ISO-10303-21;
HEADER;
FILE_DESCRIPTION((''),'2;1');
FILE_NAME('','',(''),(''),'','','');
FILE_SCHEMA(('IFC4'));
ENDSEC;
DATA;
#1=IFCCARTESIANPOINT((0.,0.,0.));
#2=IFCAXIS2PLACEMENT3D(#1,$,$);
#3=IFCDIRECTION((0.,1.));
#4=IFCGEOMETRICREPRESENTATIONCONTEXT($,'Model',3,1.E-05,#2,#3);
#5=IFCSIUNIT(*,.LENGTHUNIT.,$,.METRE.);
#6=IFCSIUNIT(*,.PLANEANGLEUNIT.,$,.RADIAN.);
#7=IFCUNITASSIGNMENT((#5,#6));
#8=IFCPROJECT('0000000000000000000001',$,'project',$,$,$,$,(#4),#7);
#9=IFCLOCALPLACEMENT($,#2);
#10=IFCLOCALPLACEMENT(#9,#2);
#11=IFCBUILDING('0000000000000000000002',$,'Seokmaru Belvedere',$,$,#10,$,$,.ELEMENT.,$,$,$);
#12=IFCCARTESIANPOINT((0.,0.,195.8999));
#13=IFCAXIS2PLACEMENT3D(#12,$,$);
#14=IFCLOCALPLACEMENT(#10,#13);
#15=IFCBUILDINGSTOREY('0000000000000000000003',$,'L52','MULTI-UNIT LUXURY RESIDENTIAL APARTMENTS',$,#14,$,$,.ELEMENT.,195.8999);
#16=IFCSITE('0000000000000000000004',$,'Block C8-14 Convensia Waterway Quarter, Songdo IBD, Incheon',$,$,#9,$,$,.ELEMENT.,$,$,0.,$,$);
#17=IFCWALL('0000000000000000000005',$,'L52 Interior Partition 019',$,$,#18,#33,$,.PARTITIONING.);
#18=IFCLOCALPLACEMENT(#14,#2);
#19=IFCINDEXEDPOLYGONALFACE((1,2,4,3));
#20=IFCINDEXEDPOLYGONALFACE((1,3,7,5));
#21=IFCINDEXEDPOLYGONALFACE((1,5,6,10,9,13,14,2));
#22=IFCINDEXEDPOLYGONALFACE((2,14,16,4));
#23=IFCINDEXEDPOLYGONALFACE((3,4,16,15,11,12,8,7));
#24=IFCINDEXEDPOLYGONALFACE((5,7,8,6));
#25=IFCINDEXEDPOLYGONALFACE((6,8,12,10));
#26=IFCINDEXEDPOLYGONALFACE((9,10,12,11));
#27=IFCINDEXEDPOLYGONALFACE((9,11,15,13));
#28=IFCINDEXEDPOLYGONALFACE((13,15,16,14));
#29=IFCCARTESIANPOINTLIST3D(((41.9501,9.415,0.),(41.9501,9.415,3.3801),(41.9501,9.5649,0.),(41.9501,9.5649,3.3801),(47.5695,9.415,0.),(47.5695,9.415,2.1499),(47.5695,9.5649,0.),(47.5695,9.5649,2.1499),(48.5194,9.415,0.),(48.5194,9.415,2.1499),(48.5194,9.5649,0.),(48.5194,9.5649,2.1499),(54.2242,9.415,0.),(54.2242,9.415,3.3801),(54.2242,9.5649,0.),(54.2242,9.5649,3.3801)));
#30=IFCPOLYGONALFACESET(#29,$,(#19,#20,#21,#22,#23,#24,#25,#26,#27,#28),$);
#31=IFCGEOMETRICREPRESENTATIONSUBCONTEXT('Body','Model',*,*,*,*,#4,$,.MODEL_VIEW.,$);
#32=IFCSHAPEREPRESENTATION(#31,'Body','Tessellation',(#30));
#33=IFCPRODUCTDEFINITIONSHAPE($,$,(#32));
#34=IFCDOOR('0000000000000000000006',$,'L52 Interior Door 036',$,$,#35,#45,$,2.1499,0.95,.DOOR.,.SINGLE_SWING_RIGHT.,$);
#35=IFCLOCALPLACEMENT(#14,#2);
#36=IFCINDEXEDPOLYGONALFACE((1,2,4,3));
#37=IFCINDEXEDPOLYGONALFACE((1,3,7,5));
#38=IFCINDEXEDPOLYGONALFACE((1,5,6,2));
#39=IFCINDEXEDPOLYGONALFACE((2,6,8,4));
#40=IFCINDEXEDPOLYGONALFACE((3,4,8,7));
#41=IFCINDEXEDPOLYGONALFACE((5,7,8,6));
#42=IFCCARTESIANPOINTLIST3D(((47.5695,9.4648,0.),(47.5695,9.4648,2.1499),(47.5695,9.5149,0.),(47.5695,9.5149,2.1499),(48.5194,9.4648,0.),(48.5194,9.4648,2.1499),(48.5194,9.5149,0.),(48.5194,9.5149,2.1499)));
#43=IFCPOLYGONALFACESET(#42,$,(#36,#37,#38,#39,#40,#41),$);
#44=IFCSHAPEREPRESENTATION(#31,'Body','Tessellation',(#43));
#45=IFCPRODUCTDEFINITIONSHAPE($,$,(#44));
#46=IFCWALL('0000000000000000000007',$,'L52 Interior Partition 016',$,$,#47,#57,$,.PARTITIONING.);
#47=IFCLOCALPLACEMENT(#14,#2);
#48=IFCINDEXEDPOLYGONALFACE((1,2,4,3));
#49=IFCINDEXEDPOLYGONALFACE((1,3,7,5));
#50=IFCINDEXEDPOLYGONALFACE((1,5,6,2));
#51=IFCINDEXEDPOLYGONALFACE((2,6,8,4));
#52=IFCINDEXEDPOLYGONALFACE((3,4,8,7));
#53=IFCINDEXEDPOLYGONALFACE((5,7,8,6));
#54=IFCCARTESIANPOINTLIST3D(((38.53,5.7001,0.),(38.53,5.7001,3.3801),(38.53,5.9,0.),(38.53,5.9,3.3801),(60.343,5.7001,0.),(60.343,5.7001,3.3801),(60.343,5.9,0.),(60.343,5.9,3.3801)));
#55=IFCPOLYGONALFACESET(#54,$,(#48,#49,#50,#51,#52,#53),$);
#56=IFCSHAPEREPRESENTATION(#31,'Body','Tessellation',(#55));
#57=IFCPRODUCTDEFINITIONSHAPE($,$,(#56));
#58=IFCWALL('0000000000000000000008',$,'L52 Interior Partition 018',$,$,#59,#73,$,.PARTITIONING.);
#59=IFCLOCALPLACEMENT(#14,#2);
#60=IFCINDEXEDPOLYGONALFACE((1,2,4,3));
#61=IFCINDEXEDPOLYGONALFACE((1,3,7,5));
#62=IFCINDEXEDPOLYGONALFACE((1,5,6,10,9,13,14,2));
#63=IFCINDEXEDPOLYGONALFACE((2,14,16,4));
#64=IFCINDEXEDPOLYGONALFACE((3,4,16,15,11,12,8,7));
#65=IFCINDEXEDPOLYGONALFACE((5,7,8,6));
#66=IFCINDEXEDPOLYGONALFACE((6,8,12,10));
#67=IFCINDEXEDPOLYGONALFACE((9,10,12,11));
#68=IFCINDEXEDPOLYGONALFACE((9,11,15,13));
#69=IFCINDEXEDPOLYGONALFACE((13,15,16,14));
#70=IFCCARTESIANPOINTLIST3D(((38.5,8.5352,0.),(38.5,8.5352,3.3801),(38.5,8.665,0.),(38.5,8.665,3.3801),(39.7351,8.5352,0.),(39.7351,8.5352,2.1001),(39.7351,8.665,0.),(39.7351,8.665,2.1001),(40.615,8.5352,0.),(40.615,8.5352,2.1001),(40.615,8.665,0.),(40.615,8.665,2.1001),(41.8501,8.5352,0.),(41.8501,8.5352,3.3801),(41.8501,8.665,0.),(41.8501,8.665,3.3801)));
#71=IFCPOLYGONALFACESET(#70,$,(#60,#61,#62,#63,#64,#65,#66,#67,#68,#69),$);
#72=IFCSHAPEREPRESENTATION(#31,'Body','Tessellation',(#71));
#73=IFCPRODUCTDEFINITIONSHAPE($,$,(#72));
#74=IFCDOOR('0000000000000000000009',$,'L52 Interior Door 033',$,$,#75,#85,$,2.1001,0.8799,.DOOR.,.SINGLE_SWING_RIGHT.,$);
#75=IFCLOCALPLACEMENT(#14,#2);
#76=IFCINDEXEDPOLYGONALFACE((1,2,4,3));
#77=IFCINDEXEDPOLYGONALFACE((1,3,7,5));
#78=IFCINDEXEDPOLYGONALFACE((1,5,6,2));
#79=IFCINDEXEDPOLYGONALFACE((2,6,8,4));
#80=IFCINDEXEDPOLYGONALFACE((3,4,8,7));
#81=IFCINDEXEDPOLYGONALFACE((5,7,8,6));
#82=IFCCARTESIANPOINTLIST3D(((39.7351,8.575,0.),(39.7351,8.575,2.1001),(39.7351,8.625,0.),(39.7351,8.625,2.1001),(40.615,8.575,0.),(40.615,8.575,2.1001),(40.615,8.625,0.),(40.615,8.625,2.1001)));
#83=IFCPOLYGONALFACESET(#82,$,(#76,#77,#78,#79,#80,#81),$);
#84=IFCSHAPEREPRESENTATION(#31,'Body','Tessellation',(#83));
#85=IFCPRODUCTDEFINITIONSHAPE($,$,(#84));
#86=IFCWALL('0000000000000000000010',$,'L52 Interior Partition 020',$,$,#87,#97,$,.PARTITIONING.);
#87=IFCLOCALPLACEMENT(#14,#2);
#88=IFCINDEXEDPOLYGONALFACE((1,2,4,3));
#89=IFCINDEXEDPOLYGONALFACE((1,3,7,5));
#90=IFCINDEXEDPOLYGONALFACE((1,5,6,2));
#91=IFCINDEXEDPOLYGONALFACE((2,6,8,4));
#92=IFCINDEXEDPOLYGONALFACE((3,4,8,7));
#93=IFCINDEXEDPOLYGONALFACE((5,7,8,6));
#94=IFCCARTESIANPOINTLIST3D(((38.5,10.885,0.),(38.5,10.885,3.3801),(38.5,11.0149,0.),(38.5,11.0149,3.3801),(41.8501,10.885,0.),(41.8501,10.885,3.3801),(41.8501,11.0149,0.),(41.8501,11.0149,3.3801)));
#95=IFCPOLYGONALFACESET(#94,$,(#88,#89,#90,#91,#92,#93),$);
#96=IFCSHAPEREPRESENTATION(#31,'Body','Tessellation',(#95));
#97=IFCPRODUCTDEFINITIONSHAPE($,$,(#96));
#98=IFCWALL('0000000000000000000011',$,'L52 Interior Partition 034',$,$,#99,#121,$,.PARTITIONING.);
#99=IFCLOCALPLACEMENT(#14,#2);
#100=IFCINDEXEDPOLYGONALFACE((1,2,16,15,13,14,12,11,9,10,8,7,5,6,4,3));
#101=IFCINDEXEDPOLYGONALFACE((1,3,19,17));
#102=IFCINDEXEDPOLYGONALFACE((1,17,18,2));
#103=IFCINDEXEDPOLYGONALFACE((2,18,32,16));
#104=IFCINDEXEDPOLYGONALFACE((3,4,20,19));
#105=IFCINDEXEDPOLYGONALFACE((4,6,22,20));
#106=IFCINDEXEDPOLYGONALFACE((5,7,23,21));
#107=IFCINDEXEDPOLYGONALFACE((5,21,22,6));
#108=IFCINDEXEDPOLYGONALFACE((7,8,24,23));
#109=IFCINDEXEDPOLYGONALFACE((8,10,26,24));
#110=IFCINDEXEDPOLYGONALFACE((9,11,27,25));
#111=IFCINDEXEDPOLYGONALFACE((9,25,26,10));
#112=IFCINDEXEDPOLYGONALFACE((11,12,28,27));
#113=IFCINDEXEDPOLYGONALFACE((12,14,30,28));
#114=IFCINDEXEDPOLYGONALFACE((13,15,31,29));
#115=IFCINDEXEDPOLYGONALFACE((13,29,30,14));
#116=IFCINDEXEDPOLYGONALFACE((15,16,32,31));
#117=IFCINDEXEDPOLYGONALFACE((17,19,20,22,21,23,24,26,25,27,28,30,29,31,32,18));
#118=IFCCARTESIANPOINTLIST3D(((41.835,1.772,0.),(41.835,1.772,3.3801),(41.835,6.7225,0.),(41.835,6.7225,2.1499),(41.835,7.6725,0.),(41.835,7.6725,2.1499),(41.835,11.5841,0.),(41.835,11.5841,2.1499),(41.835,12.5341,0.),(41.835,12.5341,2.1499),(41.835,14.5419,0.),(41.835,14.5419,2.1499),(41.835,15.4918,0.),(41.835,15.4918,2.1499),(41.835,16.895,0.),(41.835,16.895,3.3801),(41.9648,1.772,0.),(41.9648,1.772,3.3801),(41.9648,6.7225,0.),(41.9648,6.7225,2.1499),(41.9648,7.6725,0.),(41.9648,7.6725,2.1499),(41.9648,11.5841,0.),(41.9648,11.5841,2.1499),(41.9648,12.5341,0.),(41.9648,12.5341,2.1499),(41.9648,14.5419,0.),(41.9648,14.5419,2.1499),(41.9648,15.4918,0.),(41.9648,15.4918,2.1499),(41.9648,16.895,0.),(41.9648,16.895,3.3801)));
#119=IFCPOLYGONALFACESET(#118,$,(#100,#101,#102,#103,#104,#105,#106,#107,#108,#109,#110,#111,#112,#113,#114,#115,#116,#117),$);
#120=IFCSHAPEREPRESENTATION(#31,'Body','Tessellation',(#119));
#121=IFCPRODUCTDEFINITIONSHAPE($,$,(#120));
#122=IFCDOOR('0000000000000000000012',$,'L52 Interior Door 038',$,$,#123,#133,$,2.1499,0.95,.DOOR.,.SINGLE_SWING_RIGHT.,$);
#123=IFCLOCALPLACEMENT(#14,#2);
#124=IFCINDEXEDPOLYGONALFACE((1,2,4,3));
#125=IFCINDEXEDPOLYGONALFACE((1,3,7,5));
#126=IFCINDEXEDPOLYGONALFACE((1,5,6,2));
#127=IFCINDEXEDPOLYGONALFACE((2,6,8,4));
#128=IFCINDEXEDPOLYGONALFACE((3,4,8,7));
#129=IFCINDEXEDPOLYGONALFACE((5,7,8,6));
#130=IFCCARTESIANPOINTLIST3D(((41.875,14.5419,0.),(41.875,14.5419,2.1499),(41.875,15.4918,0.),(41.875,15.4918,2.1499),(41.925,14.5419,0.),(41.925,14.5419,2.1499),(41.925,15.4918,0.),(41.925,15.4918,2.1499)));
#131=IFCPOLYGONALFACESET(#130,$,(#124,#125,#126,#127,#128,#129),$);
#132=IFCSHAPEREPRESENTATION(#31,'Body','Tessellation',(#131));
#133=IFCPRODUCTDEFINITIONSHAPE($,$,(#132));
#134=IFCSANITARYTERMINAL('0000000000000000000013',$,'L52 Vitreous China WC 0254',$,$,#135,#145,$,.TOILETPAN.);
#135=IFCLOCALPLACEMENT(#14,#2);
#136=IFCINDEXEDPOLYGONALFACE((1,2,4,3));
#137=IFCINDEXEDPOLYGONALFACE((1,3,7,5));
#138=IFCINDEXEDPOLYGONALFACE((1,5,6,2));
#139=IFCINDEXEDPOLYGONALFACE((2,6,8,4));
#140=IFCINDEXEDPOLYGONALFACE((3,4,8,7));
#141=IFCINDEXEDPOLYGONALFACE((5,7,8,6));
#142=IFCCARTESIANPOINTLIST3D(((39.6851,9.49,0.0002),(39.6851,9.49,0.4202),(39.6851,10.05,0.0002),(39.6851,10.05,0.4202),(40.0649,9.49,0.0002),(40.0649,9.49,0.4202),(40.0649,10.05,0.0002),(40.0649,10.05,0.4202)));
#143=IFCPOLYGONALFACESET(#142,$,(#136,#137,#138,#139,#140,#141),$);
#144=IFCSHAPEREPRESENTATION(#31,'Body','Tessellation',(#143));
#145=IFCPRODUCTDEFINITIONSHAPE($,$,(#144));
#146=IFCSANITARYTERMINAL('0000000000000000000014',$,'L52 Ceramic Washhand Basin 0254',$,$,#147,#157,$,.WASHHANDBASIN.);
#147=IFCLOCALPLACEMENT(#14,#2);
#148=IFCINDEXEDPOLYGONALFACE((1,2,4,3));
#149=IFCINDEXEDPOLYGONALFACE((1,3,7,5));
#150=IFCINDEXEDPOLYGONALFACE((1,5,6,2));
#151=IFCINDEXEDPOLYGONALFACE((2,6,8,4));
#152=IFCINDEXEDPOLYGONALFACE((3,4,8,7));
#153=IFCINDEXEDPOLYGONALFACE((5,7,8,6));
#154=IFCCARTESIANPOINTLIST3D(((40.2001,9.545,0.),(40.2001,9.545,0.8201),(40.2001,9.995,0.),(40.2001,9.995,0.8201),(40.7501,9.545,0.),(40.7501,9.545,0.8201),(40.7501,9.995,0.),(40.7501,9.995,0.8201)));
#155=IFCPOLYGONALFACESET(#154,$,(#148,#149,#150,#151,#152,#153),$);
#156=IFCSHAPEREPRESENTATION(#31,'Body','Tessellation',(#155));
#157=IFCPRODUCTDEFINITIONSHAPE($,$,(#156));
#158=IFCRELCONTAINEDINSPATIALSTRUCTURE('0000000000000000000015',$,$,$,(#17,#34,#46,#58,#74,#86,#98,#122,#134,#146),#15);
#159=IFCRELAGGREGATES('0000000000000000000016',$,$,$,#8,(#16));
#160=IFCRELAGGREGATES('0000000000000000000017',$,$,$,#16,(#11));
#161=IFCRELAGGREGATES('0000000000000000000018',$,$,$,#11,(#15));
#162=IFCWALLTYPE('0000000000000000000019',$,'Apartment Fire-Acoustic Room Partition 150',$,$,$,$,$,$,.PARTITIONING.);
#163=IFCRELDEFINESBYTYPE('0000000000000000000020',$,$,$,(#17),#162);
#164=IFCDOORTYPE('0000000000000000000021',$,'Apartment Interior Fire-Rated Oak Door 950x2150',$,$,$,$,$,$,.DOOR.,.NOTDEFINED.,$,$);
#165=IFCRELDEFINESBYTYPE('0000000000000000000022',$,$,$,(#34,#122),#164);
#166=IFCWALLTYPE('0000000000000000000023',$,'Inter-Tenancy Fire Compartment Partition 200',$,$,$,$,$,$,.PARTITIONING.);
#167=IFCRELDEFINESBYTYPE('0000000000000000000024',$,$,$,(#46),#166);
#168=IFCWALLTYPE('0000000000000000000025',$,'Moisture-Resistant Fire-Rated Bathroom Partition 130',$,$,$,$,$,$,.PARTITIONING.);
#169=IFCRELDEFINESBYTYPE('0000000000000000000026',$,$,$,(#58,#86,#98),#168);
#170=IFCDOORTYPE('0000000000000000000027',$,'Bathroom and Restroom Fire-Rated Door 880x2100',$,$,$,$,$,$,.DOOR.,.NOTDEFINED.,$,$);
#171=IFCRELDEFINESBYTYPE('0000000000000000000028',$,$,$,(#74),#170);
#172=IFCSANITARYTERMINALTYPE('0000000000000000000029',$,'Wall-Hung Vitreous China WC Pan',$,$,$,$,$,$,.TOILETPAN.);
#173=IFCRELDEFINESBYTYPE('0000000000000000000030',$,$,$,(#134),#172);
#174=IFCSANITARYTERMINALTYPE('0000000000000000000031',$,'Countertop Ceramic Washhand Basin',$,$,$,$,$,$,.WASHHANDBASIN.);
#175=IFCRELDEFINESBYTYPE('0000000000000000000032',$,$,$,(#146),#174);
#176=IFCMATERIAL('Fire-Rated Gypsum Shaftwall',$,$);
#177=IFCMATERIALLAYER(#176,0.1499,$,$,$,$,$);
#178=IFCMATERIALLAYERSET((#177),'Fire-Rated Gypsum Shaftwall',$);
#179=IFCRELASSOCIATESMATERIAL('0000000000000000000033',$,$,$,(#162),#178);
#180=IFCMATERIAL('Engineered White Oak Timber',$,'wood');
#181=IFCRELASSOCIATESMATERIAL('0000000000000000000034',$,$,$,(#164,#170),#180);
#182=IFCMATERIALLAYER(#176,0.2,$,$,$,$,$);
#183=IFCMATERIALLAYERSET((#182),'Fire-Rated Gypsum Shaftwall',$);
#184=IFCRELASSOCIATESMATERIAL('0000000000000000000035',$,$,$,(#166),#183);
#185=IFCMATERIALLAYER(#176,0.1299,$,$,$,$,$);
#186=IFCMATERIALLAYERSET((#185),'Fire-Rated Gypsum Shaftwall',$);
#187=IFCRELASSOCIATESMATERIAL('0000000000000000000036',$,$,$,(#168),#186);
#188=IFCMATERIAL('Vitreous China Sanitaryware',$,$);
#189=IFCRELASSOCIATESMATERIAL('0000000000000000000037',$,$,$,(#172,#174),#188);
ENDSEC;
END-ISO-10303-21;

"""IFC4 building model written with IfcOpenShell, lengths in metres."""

from ifc_helpers import new_model, si_unit, direction, frame, frame_2d, origin, origin_2d, place, context, subcontext, project, spatial, rectangle, extrude, source, transform, mapped, material, layer, layer_set, type_object, type_shapes, element, fill, save


model = new_model("IFC4")

# Units and contexts
model_context = context("Model", 3, precision=1e-05, world=origin(), true_north=direction((0.0, 1.0)))
body_context = subcontext(model_context, "Body", "Model", "MODEL_VIEW")
ifc_project = project(units=[si_unit("LENGTHUNIT", "METRE"), si_unit("PLANEANGLEUNIT", "RADIAN")], contexts=[model_context])

# Site, building, storey
site_placement = place(None, origin())
site = spatial("IfcSite", under=ifc_project, at=site_placement, Name="Block C8-14 Convensia Waterway Quarter, Songdo IBD, Incheon", CompositionType="ELEMENT", RefElevation=0.0)
building_placement = place(site_placement, origin())
building = spatial("IfcBuilding", under=site, at=building_placement, Name="Seokmaru Belvedere", CompositionType="ELEMENT")
storey_placement = place(building_placement, frame((0.0, 0.0, 195.8999)))
storey = spatial("IfcBuildingStorey", under=building, at=storey_placement, Name="L52", Description="MULTI-UNIT LUXURY RESIDENTIAL APARTMENTS", CompositionType="ELEMENT", Elevation=195.8999)

# Shared definitions
ifc_material_1 = material(Name="Fire-Rated Gypsum Shaftwall")
ifc_layer_1 = layer(ifc_material_1, 0.1499)
ifc_layer_set_1 = layer_set([ifc_layer_1], Name="Fire-Rated Gypsum Shaftwall")
wall_type_1 = type_object("IfcWallType", Name="Apartment Fire-Acoustic Room Partition 150", PredefinedType="PARTITIONING", material=ifc_layer_set_1)
ifc_material_2 = material(Name="Engineered White Oak Timber", Category="wood")
door_type_1 = type_object("IfcDoorType", Name="Apartment Interior Fire-Rated Oak Door 950x2150", OperationType="NOTDEFINED", PredefinedType="DOOR", material=ifc_material_2)
shared_shape_1 = source(origin(), body_context, "Body", "SweptSolid", [
    extrude(rectangle(XDim=0.95, YDim=2.1499, at=frame_2d((0.4751, 1.075))), frame((0.0, 0.0249, 0.0), z_axis=(0.0, -1.0, 0.0), x_axis=(1.0, 0.0, 0.0)), (0.0, 0.0, 1.0), 0.05),
])
type_shapes(door_type_1, [shared_shape_1])

# Wall, opening, door
wall_1_placement = place(storey_placement, frame((41.95, 9.49, 0.0), z_axis=(0.0, 0.0, 1.0), x_axis=(1.0, 0.0, 0.0)))
wall_1 = element("IfcWall", 1, at=wall_1_placement, inside=storey, type_object=wall_type_1, Name="L52 Interior Partition 019", PredefinedType="PARTITIONING", context=body_context, shape_type="SweptSolid", body=[
    extrude(rectangle(XDim=12.2742, YDim=0.1499, at=frame_2d((6.1372, 0.0))), origin(), (0.0, 0.0, 1.0), 3.3801),
])
opening_1_placement = place(wall_1_placement, frame((5.6194, 0.0, 0.0)))
opening_1 = element("IfcOpeningElement", 2, at=opening_1_placement, cuts=wall_1, PredefinedType="OPENING", context=body_context, shape_type="SweptSolid", body=[
    extrude(rectangle(XDim=0.95, YDim=2.1499, at=frame_2d((0.4751, 1.075))), frame((0.0, 0.085, 0.0), z_axis=(0.0, -1.0, 0.0), x_axis=(1.0, 0.0, 0.0)), (0.0, 0.0, 1.0), 0.1699),
])
door_1_placement = place(opening_1_placement, origin())
door_1 = element("IfcDoor", 3, at=door_1_placement, inside=storey, type_object=door_type_1, Name="L52 Interior Door 036", OperationType="SINGLE_SWING_RIGHT", OverallHeight=2.1499, OverallWidth=0.95, PredefinedType="DOOR", context=body_context, shape_type="MappedRepresentation", body=[
    mapped(shared_shape_1, transform((0.0, 0.0, 0.0), scale=1.0)),
])
fill(opening_1, door_1)

# Wall
ifc_layer_2 = layer(ifc_material_1, 0.2)
ifc_layer_set_2 = layer_set([ifc_layer_2], Name="Fire-Rated Gypsum Shaftwall")
wall_type_2 = type_object("IfcWallType", Name="Inter-Tenancy Fire Compartment Partition 200", PredefinedType="PARTITIONING", material=ifc_layer_set_2)
wall_2_placement = place(storey_placement, frame((38.53, 5.8, 0.0), z_axis=(0.0, 0.0, 1.0), x_axis=(1.0, 0.0, 0.0)))
element("IfcWall", 4, at=wall_2_placement, inside=storey, type_object=wall_type_2, Name="L52 Interior Partition 016", PredefinedType="PARTITIONING", context=body_context, shape_type="SweptSolid", body=[
    extrude(rectangle(XDim=21.813, YDim=0.2, at=frame_2d((10.9065, 0.0))), origin(), (0.0, 0.0, 1.0), 3.3801),
])

# Wall, opening, door
ifc_layer_3 = layer(ifc_material_1, 0.1299)
ifc_layer_set_3 = layer_set([ifc_layer_3], Name="Fire-Rated Gypsum Shaftwall")
wall_type_3 = type_object("IfcWallType", Name="Moisture-Resistant Fire-Rated Bathroom Partition 130", PredefinedType="PARTITIONING", material=ifc_layer_set_3)
wall_3_placement = place(storey_placement, frame((38.5, 8.6001, 0.0), z_axis=(0.0, 0.0, 1.0), x_axis=(1.0, 0.0, 0.0)))
wall_3 = element("IfcWall", 5, at=wall_3_placement, inside=storey, type_object=wall_type_3, Name="L52 Interior Partition 018", PredefinedType="PARTITIONING", context=body_context, shape_type="SweptSolid", body=[
    extrude(rectangle(XDim=3.3501, YDim=0.1299, at=frame_2d((1.675, 0.0))), origin(), (0.0, 0.0, 1.0), 3.3801),
])
opening_2_placement = place(wall_3_placement, frame((1.2351, 0.0, 0.0)))
opening_2 = element("IfcOpeningElement", 6, at=opening_2_placement, cuts=wall_3, PredefinedType="OPENING", context=body_context, shape_type="SweptSolid", body=[
    extrude(rectangle(XDim=0.8799, YDim=2.1001, at=frame_2d((0.4399, 1.05))), frame((0.0, 0.075, 0.0), z_axis=(0.0, -1.0, 0.0), x_axis=(1.0, 0.0, 0.0)), (0.0, 0.0, 1.0), 0.1499),
])
door_type_2 = type_object("IfcDoorType", Name="Bathroom and Restroom Fire-Rated Door 880x2100", OperationType="NOTDEFINED", PredefinedType="DOOR", material=ifc_material_2)
shared_shape_2 = source(origin(), body_context, "Body", "SweptSolid", [
    extrude(rectangle(XDim=0.8799, YDim=2.1001, at=frame_2d((0.4399, 1.05))), frame((0.0, 0.0249, 0.0), z_axis=(0.0, -1.0, 0.0), x_axis=(1.0, 0.0, 0.0)), (0.0, 0.0, 1.0), 0.05),
])
type_shapes(door_type_2, [shared_shape_2])
door_2_placement = place(opening_2_placement, origin())
door_2 = element("IfcDoor", 7, at=door_2_placement, inside=storey, type_object=door_type_2, Name="L52 Interior Door 033", OperationType="SINGLE_SWING_RIGHT", OverallHeight=2.1001, OverallWidth=0.8799, PredefinedType="DOOR", context=body_context, shape_type="MappedRepresentation", body=[
    mapped(shared_shape_2, transform((0.0, 0.0, 0.0), scale=1.0)),
])
fill(opening_2, door_2)

# Wall
wall_4_placement = place(storey_placement, frame((38.5, 10.95, 0.0), z_axis=(0.0, 0.0, 1.0), x_axis=(1.0, 0.0, 0.0)))
element("IfcWall", 8, at=wall_4_placement, inside=storey, type_object=wall_type_3, Name="L52 Interior Partition 020", PredefinedType="PARTITIONING", context=body_context, shape_type="SweptSolid", body=[
    extrude(rectangle(XDim=3.3501, YDim=0.1299, at=frame_2d((1.675, 0.0))), origin(), (0.0, 0.0, 1.0), 3.3801),
])

# Wall, openings, door
wall_5_placement = place(storey_placement, frame((41.8999, 1.772, 0.0), z_axis=(0.0, 0.0, 1.0), x_axis=(0.0, 1.0, 0.0)))
wall_5 = element("IfcWall", 9, at=wall_5_placement, inside=storey, type_object=wall_type_3, Name="L52 Interior Partition 034", PredefinedType="PARTITIONING", context=body_context, shape_type="SweptSolid", body=[
    extrude(rectangle(XDim=15.123, YDim=0.1299, at=frame_2d((7.5615, 0.0))), origin(), (0.0, 0.0, 1.0), 3.3801),
])
opening_3_placement = place(wall_5_placement, frame((4.9504, 0.0, 0.0)))
element("IfcOpeningElement", 10, at=opening_3_placement, cuts=wall_5, PredefinedType="OPENING", context=body_context, shape_type="SweptSolid", body=[
    extrude(rectangle(XDim=0.95, YDim=2.1499, at=frame_2d((0.4751, 1.075))), frame((0.0, 0.075, 0.0), z_axis=(0.0, -1.0, 0.0), x_axis=(1.0, 0.0, 0.0)), (0.0, 0.0, 1.0), 0.1499),
])
opening_4_placement = place(wall_5_placement, frame((9.812, 0.0, 0.0)))
element("IfcOpeningElement", 11, at=opening_4_placement, cuts=wall_5, PredefinedType="OPENING", context=body_context, shape_type="SweptSolid", body=[
    extrude(rectangle(XDim=0.95, YDim=2.1499, at=frame_2d((0.4751, 1.075))), frame((0.0, 0.075, 0.0), z_axis=(0.0, -1.0, 0.0), x_axis=(1.0, 0.0, 0.0)), (0.0, 0.0, 1.0), 0.1499),
])
opening_5_placement = place(wall_5_placement, frame((12.7698, 0.0, 0.0)))
opening_5 = element("IfcOpeningElement", 12, at=opening_5_placement, cuts=wall_5, PredefinedType="OPENING", context=body_context, shape_type="SweptSolid", body=[
    extrude(rectangle(XDim=0.95, YDim=2.1499, at=frame_2d((0.4751, 1.075))), frame((0.0, 0.075, 0.0), z_axis=(0.0, -1.0, 0.0), x_axis=(1.0, 0.0, 0.0)), (0.0, 0.0, 1.0), 0.1499),
])
door_3_placement = place(opening_5_placement, origin())
door_3 = element("IfcDoor", 13, at=door_3_placement, inside=storey, type_object=door_type_1, Name="L52 Interior Door 038", OperationType="SINGLE_SWING_RIGHT", OverallHeight=2.1499, OverallWidth=0.95, PredefinedType="DOOR", context=body_context, shape_type="MappedRepresentation", body=[
    mapped(shared_shape_1, transform((0.0, 0.0, 0.0), scale=1.0)),
])
fill(opening_5, door_3)

# Sanitary terminals
ifc_material_3 = material(Name="Vitreous China Sanitaryware")
sanitary_terminal_type_1 = type_object("IfcSanitaryTerminalType", Name="Wall-Hung Vitreous China WC Pan", PredefinedType="TOILETPAN", material=ifc_material_3)
shared_shape_3 = source(origin(), body_context, "Body", "SweptSolid", [
    extrude(rectangle(XDim=0.3799, YDim=0.5601, at=origin_2d()), origin(), (0.0, 0.0, 1.0), 0.4199),
])
type_shapes(sanitary_terminal_type_1, [shared_shape_3])
sanitary_terminal_1_placement = place(storey_placement, frame((39.875, 9.77, 0.0002), z_axis=(0.0, 0.0, 1.0), x_axis=(1.0, 0.0, 0.0)))
element("IfcSanitaryTerminal", 14, at=sanitary_terminal_1_placement, inside=storey, type_object=sanitary_terminal_type_1, Name="L52 Vitreous China WC 0254", PredefinedType="TOILETPAN", context=body_context, shape_type="MappedRepresentation", body=[
    mapped(shared_shape_3, transform((0.0, 0.0, 0.0), scale=1.0)),
])
sanitary_terminal_type_2 = type_object("IfcSanitaryTerminalType", Name="Countertop Ceramic Washhand Basin", PredefinedType="WASHHANDBASIN", material=ifc_material_3)
shared_shape_4 = source(origin(), body_context, "Body", "SweptSolid", [
    extrude(rectangle(XDim=0.55, YDim=0.45, at=origin_2d()), origin(), (0.0, 0.0, 1.0), 0.8201),
])
type_shapes(sanitary_terminal_type_2, [shared_shape_4])
sanitary_terminal_2_placement = place(storey_placement, frame((40.4751, 9.77, 0.0), z_axis=(0.0, 0.0, 1.0), x_axis=(1.0, 0.0, 0.0)))
element("IfcSanitaryTerminal", 15, at=sanitary_terminal_2_placement, inside=storey, type_object=sanitary_terminal_type_2, Name="L52 Ceramic Washhand Basin 0254", PredefinedType="WASHHANDBASIN", context=body_context, shape_type="MappedRepresentation", body=[
    mapped(shared_shape_4, transform((0.0, 0.0, 0.0), scale=1.0)),
])

save(model, "model.ifc")
